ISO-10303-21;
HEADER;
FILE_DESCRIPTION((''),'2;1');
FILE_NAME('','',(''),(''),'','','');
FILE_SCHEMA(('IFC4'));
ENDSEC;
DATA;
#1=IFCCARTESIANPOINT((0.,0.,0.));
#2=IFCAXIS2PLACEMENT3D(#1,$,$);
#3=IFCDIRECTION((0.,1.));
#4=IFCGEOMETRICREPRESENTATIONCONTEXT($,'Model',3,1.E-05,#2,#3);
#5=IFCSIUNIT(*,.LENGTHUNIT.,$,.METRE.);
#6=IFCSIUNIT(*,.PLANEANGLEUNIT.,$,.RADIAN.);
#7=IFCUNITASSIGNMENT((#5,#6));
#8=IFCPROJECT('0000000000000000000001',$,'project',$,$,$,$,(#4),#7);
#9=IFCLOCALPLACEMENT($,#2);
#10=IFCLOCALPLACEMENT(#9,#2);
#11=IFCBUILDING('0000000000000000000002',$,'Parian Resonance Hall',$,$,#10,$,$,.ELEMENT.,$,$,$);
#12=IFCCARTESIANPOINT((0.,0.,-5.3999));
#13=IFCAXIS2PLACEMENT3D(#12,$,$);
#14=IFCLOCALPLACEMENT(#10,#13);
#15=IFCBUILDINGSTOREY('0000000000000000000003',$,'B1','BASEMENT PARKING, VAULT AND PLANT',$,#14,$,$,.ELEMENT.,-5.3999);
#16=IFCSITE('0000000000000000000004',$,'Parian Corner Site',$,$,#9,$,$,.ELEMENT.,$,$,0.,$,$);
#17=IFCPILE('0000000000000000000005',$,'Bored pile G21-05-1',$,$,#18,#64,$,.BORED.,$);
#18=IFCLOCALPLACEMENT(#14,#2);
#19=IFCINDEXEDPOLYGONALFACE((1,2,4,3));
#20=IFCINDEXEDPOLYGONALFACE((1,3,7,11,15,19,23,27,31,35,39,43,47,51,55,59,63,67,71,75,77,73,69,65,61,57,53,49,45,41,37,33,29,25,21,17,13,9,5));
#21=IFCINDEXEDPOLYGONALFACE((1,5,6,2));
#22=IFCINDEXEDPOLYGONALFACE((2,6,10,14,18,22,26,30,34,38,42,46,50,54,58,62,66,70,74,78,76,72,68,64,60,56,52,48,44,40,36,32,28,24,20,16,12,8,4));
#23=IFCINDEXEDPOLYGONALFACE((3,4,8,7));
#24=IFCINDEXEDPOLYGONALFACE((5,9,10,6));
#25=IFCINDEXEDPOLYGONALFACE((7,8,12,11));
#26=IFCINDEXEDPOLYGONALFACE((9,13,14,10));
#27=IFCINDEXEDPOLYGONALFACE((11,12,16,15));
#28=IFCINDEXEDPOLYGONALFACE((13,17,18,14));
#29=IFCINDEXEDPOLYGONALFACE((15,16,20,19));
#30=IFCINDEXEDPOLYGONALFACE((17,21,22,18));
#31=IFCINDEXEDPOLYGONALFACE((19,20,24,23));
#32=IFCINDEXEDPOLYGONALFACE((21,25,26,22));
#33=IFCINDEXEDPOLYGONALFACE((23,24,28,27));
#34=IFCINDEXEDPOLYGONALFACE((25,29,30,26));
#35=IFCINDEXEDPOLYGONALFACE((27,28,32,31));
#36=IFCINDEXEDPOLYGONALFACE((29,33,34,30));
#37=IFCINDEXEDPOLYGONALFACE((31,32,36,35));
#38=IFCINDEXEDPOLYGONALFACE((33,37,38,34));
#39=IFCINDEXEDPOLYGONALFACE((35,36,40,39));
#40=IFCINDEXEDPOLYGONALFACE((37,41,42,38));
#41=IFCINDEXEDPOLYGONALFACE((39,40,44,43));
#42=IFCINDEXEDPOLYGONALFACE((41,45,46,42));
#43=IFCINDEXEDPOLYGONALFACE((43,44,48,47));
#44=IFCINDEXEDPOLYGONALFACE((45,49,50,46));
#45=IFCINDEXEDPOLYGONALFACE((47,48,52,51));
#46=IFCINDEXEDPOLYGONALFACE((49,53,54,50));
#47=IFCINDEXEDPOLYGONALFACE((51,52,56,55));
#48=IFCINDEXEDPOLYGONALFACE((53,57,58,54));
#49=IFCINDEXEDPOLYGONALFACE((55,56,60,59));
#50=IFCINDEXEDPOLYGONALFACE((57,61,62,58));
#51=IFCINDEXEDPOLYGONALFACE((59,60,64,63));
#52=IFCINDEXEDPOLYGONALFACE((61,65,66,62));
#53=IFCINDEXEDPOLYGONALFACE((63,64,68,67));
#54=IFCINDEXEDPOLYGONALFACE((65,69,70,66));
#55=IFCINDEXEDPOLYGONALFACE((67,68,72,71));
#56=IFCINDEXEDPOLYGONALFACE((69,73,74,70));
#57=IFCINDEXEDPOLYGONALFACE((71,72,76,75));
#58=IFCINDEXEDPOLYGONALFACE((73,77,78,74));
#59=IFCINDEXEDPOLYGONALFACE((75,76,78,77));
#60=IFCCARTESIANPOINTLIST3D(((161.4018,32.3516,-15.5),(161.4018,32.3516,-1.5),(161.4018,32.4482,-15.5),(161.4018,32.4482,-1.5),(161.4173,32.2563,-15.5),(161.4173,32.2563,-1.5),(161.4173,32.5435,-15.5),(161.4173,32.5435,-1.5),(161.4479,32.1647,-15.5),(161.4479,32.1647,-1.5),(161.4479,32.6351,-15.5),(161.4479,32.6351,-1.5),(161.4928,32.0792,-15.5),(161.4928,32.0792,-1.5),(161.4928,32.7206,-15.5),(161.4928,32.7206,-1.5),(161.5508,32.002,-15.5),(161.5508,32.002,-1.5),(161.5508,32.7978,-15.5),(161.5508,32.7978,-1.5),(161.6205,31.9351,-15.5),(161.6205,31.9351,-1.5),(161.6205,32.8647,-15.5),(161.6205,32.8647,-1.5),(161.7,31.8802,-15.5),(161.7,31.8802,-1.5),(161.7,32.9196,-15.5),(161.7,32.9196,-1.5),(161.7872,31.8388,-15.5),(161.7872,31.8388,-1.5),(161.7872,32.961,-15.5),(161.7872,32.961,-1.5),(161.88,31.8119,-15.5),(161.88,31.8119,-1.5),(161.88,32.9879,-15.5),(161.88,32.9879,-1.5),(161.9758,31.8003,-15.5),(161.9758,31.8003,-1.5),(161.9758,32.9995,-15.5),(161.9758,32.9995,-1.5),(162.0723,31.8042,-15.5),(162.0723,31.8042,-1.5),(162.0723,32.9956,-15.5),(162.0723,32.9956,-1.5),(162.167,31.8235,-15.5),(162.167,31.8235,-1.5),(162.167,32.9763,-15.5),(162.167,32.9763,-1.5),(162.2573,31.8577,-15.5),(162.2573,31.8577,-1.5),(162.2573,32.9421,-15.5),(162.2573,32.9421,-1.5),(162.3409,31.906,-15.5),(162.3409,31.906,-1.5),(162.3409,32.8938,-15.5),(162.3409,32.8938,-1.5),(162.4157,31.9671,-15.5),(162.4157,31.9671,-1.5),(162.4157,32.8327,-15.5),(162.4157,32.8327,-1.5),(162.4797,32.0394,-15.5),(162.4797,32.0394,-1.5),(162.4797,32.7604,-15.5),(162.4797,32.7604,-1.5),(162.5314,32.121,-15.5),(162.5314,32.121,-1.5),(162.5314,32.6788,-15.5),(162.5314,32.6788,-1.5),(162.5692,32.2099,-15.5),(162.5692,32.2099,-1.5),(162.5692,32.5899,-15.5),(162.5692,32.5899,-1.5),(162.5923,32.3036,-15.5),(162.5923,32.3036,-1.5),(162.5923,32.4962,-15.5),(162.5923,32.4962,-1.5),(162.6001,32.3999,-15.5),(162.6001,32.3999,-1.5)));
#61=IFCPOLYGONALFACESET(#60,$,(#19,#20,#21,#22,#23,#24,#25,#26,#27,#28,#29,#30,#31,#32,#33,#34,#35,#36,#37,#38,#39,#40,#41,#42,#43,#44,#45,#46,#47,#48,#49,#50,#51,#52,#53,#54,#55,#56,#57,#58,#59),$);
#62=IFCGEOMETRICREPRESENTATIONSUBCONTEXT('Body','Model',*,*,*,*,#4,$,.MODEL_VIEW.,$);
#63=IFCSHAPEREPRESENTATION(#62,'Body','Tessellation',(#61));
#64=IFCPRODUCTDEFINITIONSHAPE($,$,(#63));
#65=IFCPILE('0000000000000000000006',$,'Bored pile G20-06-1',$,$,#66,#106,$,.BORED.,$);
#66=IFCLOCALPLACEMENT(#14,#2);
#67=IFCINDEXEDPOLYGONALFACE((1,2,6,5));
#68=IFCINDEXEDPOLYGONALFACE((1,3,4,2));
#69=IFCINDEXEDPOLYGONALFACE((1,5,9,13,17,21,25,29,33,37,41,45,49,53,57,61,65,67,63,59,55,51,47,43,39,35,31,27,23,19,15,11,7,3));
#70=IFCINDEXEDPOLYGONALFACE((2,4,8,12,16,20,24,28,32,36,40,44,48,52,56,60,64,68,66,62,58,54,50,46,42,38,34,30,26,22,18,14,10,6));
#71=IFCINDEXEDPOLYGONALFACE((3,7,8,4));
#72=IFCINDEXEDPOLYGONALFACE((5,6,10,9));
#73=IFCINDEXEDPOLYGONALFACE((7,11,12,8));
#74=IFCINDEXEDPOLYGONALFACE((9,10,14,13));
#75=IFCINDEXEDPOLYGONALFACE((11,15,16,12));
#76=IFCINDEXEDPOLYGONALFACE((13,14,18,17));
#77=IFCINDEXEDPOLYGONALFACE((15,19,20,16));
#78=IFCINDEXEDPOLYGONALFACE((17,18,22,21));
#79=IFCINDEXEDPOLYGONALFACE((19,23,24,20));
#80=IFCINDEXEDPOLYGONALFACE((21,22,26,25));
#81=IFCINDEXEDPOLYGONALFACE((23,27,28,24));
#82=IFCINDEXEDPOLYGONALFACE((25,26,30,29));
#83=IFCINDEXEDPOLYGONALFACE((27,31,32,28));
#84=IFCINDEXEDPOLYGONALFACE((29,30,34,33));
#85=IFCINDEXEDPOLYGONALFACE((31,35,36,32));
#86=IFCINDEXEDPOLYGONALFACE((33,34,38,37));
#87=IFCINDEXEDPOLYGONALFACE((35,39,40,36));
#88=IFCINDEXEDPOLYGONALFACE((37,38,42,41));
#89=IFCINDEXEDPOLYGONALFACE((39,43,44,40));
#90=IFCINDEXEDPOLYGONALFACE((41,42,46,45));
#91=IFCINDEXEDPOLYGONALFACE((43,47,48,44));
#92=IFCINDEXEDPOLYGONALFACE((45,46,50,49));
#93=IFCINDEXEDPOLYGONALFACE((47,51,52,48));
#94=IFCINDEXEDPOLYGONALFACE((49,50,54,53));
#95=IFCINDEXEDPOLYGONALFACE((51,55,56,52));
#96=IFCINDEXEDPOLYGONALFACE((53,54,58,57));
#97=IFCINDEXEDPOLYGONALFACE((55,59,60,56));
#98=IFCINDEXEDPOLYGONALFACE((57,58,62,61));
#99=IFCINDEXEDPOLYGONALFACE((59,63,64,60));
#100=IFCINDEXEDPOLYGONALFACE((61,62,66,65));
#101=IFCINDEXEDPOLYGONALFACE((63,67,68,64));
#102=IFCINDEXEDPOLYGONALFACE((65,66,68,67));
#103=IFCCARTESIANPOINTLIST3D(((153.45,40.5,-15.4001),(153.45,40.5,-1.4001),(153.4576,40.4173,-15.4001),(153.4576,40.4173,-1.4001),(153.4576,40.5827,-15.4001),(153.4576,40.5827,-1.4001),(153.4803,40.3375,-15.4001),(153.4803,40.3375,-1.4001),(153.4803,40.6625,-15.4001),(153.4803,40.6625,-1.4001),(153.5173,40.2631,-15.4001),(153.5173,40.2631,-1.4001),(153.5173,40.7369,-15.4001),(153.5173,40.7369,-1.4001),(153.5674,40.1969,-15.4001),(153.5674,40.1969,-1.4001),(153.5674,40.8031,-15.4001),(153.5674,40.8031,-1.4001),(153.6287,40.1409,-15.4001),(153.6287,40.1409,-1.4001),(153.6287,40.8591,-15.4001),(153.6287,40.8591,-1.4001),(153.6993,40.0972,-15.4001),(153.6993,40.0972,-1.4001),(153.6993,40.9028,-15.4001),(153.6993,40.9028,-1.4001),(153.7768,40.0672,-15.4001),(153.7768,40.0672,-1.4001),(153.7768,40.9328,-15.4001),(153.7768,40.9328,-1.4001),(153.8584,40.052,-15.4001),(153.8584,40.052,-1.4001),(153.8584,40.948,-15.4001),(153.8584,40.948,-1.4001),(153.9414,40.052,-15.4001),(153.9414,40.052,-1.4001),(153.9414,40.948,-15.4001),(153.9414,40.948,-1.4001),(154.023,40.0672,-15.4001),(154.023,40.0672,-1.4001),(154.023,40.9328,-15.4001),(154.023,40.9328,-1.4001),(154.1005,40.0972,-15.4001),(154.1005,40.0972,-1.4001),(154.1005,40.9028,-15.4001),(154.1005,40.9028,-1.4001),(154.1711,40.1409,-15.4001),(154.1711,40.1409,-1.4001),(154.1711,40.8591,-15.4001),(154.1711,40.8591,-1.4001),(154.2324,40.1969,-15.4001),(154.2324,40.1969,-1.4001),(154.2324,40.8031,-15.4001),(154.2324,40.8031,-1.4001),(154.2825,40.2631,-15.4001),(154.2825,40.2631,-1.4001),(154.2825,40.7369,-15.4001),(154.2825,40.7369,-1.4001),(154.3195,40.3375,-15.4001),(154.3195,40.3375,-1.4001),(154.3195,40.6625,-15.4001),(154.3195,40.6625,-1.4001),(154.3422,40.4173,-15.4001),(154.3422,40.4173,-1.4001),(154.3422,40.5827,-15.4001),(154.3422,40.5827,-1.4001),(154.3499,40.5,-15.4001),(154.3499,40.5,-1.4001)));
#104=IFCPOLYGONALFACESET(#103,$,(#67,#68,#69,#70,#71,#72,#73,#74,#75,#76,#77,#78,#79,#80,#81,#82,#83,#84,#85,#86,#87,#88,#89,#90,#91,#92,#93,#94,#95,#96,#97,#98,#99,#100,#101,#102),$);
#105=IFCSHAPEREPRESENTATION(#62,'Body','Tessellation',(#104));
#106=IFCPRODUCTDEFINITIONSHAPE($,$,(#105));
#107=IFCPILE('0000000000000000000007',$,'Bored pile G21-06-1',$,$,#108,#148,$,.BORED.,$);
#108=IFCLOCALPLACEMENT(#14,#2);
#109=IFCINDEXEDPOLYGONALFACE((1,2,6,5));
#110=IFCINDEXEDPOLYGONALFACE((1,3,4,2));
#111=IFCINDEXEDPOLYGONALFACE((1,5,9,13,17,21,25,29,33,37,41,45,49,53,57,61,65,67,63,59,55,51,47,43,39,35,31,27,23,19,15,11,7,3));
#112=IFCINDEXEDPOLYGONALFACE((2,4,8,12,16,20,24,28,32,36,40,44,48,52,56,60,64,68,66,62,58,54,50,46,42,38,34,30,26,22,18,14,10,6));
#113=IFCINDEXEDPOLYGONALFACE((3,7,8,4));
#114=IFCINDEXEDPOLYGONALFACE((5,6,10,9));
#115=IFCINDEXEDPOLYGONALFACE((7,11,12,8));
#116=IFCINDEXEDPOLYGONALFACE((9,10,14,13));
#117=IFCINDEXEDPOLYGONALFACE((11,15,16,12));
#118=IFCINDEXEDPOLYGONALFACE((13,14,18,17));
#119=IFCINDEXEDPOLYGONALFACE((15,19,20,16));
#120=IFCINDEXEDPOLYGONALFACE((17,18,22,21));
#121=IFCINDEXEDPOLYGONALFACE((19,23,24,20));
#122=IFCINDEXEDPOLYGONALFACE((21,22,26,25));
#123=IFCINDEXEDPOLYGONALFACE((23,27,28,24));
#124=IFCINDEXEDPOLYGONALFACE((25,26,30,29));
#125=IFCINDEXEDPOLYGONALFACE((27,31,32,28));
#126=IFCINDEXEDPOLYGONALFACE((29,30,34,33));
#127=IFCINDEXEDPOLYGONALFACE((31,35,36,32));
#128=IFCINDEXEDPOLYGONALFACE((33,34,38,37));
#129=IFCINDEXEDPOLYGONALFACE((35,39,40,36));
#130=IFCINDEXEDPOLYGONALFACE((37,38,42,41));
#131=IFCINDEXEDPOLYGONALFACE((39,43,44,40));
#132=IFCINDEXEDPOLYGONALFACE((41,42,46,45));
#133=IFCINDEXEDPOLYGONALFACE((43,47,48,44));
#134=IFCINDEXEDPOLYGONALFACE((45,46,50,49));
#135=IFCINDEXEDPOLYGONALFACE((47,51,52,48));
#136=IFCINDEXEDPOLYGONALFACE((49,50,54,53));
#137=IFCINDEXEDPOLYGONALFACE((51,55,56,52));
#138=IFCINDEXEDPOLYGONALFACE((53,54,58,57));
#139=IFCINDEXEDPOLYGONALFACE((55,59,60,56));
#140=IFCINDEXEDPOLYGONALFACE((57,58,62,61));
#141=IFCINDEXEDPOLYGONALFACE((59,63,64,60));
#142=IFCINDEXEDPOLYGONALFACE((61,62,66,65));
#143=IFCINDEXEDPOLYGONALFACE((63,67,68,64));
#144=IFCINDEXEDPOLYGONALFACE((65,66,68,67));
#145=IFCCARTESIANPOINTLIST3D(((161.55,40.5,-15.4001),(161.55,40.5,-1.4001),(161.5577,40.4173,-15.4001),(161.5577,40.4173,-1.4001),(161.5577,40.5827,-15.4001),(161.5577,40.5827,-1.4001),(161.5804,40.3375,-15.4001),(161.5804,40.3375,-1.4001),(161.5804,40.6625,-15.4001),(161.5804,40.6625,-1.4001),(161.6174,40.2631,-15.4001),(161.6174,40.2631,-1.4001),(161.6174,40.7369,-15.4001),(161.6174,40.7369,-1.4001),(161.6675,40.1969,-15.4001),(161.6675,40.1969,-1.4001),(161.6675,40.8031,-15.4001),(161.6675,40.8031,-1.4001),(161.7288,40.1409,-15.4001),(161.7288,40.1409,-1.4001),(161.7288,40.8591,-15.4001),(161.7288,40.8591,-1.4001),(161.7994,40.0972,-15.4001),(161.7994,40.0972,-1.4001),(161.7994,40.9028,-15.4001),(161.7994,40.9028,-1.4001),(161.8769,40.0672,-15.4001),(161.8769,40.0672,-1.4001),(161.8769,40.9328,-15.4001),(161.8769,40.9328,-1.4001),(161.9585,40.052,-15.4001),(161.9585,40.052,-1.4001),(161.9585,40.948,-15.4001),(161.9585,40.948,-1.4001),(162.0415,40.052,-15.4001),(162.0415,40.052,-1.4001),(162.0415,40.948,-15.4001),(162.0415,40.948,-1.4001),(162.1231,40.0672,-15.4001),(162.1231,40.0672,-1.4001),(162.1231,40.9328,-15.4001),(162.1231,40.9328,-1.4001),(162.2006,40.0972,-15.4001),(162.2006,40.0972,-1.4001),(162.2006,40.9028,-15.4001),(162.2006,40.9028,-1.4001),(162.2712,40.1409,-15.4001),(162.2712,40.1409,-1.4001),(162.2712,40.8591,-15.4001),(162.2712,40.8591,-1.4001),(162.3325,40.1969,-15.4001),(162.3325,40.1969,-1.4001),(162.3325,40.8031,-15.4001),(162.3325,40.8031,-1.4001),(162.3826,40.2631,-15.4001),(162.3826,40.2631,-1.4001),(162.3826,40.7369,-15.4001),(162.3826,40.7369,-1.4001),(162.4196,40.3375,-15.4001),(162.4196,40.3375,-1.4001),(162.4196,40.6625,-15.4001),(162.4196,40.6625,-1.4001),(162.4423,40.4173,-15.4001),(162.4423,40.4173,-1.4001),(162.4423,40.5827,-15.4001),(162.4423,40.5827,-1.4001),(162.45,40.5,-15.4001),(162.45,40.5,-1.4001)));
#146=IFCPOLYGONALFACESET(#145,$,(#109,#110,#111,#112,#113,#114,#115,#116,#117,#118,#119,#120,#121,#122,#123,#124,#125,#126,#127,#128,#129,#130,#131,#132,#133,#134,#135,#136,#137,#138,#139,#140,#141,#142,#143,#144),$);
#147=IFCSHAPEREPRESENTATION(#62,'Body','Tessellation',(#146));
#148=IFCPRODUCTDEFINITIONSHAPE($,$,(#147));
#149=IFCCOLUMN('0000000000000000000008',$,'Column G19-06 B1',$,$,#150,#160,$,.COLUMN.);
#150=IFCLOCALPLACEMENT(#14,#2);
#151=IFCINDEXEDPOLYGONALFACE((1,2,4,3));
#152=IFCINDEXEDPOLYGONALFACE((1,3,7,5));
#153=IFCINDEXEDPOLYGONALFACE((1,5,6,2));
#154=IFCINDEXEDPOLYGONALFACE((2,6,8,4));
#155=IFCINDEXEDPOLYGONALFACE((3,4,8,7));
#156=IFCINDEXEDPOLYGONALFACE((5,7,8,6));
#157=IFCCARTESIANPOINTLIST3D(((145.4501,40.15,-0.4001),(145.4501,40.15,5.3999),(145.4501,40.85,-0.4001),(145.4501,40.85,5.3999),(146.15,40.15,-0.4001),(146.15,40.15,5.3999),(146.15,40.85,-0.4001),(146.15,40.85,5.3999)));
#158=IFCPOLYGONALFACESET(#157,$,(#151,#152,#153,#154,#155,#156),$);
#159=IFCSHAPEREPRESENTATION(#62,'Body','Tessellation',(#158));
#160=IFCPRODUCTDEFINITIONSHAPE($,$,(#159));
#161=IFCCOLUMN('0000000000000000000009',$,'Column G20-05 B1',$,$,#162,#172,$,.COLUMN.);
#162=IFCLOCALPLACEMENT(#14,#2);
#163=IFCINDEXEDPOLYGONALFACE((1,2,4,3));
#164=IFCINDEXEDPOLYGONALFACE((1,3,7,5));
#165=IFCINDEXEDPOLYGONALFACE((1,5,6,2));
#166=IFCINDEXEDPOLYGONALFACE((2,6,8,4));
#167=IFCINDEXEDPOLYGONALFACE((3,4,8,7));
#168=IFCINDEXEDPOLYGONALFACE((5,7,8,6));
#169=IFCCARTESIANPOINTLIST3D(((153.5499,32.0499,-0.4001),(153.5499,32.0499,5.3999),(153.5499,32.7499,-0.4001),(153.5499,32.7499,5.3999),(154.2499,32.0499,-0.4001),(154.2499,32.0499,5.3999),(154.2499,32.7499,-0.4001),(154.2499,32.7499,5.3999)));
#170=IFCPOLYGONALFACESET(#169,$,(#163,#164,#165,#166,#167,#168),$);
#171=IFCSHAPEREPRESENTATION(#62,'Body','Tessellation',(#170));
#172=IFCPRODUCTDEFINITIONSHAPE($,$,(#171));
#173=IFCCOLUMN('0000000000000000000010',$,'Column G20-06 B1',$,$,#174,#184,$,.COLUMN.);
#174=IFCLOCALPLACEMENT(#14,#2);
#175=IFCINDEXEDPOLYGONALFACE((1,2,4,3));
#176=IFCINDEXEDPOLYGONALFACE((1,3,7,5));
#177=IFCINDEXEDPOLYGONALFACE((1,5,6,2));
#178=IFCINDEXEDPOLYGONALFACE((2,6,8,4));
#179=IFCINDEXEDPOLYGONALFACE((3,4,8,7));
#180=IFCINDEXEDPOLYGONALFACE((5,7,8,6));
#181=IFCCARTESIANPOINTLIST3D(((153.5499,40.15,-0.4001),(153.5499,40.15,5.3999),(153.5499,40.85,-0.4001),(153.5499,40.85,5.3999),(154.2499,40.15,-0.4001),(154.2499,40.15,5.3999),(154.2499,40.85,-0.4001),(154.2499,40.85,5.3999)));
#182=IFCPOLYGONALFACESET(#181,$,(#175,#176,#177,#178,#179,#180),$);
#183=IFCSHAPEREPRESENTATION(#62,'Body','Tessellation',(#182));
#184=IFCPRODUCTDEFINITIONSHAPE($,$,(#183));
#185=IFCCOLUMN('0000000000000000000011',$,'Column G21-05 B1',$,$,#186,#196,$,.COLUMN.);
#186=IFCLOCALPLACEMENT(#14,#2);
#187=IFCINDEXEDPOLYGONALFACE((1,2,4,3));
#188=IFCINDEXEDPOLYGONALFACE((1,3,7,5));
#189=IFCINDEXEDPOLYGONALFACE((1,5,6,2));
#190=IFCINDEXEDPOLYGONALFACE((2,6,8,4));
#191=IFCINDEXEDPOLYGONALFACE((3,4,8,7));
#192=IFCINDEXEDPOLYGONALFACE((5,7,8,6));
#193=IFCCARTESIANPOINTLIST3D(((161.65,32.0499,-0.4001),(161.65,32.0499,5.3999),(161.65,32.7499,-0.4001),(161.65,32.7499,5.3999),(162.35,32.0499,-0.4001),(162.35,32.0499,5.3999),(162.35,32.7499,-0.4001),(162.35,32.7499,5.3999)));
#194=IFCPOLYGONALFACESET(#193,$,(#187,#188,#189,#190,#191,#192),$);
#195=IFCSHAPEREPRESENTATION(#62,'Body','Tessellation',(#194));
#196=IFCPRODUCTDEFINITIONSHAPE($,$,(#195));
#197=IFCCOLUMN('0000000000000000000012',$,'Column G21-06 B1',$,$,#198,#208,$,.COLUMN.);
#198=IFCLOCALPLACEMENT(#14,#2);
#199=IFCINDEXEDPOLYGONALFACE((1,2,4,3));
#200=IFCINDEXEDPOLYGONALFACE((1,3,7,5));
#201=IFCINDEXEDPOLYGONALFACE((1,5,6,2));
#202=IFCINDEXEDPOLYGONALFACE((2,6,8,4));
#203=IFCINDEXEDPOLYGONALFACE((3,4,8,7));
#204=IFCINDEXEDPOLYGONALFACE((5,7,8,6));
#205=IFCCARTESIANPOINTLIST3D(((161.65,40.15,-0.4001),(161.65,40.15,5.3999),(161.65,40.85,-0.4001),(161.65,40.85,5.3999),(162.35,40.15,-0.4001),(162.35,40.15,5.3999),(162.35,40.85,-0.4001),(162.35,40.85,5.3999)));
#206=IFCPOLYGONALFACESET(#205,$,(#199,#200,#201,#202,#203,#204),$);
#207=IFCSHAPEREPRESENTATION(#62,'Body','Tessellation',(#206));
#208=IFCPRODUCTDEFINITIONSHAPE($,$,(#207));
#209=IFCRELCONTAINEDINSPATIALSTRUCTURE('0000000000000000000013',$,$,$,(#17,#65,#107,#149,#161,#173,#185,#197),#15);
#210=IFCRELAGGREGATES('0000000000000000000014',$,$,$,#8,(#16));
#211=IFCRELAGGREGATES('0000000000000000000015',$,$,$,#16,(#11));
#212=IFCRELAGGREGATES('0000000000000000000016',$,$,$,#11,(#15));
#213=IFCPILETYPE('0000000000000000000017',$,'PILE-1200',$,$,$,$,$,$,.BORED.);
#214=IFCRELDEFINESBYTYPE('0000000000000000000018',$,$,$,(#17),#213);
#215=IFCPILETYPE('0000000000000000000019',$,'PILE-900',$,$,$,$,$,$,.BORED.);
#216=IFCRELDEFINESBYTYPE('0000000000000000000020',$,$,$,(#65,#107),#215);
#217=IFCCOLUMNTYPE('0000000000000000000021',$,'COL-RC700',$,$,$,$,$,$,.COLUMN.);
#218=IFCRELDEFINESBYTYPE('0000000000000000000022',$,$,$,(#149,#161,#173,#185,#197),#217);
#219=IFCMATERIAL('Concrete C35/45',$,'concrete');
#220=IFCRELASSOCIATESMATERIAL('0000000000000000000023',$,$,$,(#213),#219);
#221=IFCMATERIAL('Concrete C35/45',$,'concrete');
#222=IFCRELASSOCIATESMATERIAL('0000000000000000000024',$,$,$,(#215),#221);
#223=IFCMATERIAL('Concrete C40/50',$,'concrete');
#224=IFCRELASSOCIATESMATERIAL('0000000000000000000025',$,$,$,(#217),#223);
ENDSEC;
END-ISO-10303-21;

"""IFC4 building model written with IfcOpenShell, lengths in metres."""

from ifc_helpers import new_model, si_unit, direction, frame, origin, origin_2d, place, context, subcontext, project, spatial, rectangle, circle, extrude, material, material_profile, profile_set, type_object, element, save


model = new_model("IFC4")

# Units and contexts
model_context = context("Model", 3, precision=1e-05, world=origin(), true_north=direction((0.0, 1.0)))
body_context = subcontext(model_context, "Body", "Model", "MODEL_VIEW")
ifc_project = project(units=[si_unit("LENGTHUNIT", "METRE"), si_unit("PLANEANGLEUNIT", "RADIAN")], contexts=[model_context])

# Site, building, storey
site_placement = place(None, origin())
site = spatial("IfcSite", under=ifc_project, at=site_placement, Name="Parian Corner Site", CompositionType="ELEMENT", RefElevation=0.0)
building_placement = place(site_placement, origin())
building = spatial("IfcBuilding", under=site, at=building_placement, Name="Parian Resonance Hall", CompositionType="ELEMENT")
storey_placement = place(building_placement, frame((0.0, 0.0, -5.3999)))
storey = spatial("IfcBuildingStorey", under=building, at=storey_placement, Name="B1", Description="BASEMENT PARKING, VAULT AND PLANT", CompositionType="ELEMENT", Elevation=-5.3999)

# Piles
ifc_material_1 = material(Name="Concrete C35/45", Category="concrete")
ifc_material_profile_1 = material_profile(ifc_material_1, circle(Radius=0.6001, at=origin_2d()), Name="PILE-D1200")
ifc_profile_set_1 = profile_set([ifc_material_profile_1], Name="Concrete C35/45")
pile_type_1 = type_object("IfcPileType", Name="PILE-1200", PredefinedType="BORED", material=ifc_profile_set_1)
for number, where, z_axis, x_axis, name in (
    (1, (162.0, 32.3999, -1.5), (0.0, 0.0, -1.0), (1.0, 0.0, 0.0), "Bored pile G21-05-1"),
):
    element("IfcPile", number, at=place(storey_placement, frame(where, z_axis=z_axis, x_axis=x_axis)), inside=storey, type_object=pile_type_1, Name=name, PredefinedType="BORED", context=body_context, shape_type="SweptSolid", body=[
        extrude(circle(Radius=0.6001, at=origin_2d()), origin(), (0.0, 0.0, 1.0), 14.0),
    ])
ifc_material_2 = material(Name="Concrete C35/45", Category="concrete")
ifc_material_profile_2 = material_profile(ifc_material_2, circle(Radius=0.45, at=origin_2d()), Name="PILE-D900")
ifc_profile_set_2 = profile_set([ifc_material_profile_2], Name="Concrete C35/45")
pile_type_2 = type_object("IfcPileType", Name="PILE-900", PredefinedType="BORED", material=ifc_profile_set_2)
for number, where, z_axis, x_axis, name in (
    (2, (153.8999, 40.5, -1.4001), (0.0, 0.0, -1.0), (1.0, 0.0, 0.0), "Bored pile G20-06-1"),
    (3, (162.0, 40.5, -1.4001), (0.0, 0.0, -1.0), (1.0, 0.0, 0.0), "Bored pile G21-06-1"),
):
    element("IfcPile", number, at=place(storey_placement, frame(where, z_axis=z_axis, x_axis=x_axis)), inside=storey, type_object=pile_type_2, Name=name, PredefinedType="BORED", context=body_context, shape_type="SweptSolid", body=[
        extrude(circle(Radius=0.45, at=origin_2d()), origin(), (0.0, 0.0, 1.0), 14.0),
    ])

# Columns
ifc_material_3 = material(Name="Concrete C40/50", Category="concrete")
ifc_material_profile_3 = material_profile(ifc_material_3, rectangle(XDim=0.7, YDim=0.7, at=origin_2d()), Name="RC-COL-700x700")
ifc_profile_set_3 = profile_set([ifc_material_profile_3], Name="Concrete C40/50")
column_type = type_object("IfcColumnType", Name="COL-RC700", PredefinedType="COLUMN", material=ifc_profile_set_3)
for number, where, z_axis, x_axis, name in (
    (4, (145.8, 40.5, -0.4001), (0.0, 0.0, 1.0), (1.0, 0.0, 0.0), "Column G19-06 B1"),
    (5, (153.8999, 32.3999, -0.4001), (0.0, 0.0, 1.0), (1.0, 0.0, 0.0), "Column G20-05 B1"),
    (6, (153.8999, 40.5, -0.4001), (0.0, 0.0, 1.0), (1.0, 0.0, 0.0), "Column G20-06 B1"),
    (7, (162.0, 32.3999, -0.4001), (0.0, 0.0, 1.0), (1.0, 0.0, 0.0), "Column G21-05 B1"),
    (8, (162.0, 40.5, -0.4001), (0.0, 0.0, 1.0), (1.0, 0.0, 0.0), "Column G21-06 B1"),
):
    element("IfcColumn", number, at=place(storey_placement, frame(where, z_axis=z_axis, x_axis=x_axis)), inside=storey, type_object=column_type, Name=name, PredefinedType="COLUMN", context=body_context, shape_type="SweptSolid", body=[
        extrude(rectangle(XDim=0.7, YDim=0.7, at=origin_2d()), origin(), (0.0, 0.0, 1.0), 5.8),
    ])

save(model, "model.ifc")
